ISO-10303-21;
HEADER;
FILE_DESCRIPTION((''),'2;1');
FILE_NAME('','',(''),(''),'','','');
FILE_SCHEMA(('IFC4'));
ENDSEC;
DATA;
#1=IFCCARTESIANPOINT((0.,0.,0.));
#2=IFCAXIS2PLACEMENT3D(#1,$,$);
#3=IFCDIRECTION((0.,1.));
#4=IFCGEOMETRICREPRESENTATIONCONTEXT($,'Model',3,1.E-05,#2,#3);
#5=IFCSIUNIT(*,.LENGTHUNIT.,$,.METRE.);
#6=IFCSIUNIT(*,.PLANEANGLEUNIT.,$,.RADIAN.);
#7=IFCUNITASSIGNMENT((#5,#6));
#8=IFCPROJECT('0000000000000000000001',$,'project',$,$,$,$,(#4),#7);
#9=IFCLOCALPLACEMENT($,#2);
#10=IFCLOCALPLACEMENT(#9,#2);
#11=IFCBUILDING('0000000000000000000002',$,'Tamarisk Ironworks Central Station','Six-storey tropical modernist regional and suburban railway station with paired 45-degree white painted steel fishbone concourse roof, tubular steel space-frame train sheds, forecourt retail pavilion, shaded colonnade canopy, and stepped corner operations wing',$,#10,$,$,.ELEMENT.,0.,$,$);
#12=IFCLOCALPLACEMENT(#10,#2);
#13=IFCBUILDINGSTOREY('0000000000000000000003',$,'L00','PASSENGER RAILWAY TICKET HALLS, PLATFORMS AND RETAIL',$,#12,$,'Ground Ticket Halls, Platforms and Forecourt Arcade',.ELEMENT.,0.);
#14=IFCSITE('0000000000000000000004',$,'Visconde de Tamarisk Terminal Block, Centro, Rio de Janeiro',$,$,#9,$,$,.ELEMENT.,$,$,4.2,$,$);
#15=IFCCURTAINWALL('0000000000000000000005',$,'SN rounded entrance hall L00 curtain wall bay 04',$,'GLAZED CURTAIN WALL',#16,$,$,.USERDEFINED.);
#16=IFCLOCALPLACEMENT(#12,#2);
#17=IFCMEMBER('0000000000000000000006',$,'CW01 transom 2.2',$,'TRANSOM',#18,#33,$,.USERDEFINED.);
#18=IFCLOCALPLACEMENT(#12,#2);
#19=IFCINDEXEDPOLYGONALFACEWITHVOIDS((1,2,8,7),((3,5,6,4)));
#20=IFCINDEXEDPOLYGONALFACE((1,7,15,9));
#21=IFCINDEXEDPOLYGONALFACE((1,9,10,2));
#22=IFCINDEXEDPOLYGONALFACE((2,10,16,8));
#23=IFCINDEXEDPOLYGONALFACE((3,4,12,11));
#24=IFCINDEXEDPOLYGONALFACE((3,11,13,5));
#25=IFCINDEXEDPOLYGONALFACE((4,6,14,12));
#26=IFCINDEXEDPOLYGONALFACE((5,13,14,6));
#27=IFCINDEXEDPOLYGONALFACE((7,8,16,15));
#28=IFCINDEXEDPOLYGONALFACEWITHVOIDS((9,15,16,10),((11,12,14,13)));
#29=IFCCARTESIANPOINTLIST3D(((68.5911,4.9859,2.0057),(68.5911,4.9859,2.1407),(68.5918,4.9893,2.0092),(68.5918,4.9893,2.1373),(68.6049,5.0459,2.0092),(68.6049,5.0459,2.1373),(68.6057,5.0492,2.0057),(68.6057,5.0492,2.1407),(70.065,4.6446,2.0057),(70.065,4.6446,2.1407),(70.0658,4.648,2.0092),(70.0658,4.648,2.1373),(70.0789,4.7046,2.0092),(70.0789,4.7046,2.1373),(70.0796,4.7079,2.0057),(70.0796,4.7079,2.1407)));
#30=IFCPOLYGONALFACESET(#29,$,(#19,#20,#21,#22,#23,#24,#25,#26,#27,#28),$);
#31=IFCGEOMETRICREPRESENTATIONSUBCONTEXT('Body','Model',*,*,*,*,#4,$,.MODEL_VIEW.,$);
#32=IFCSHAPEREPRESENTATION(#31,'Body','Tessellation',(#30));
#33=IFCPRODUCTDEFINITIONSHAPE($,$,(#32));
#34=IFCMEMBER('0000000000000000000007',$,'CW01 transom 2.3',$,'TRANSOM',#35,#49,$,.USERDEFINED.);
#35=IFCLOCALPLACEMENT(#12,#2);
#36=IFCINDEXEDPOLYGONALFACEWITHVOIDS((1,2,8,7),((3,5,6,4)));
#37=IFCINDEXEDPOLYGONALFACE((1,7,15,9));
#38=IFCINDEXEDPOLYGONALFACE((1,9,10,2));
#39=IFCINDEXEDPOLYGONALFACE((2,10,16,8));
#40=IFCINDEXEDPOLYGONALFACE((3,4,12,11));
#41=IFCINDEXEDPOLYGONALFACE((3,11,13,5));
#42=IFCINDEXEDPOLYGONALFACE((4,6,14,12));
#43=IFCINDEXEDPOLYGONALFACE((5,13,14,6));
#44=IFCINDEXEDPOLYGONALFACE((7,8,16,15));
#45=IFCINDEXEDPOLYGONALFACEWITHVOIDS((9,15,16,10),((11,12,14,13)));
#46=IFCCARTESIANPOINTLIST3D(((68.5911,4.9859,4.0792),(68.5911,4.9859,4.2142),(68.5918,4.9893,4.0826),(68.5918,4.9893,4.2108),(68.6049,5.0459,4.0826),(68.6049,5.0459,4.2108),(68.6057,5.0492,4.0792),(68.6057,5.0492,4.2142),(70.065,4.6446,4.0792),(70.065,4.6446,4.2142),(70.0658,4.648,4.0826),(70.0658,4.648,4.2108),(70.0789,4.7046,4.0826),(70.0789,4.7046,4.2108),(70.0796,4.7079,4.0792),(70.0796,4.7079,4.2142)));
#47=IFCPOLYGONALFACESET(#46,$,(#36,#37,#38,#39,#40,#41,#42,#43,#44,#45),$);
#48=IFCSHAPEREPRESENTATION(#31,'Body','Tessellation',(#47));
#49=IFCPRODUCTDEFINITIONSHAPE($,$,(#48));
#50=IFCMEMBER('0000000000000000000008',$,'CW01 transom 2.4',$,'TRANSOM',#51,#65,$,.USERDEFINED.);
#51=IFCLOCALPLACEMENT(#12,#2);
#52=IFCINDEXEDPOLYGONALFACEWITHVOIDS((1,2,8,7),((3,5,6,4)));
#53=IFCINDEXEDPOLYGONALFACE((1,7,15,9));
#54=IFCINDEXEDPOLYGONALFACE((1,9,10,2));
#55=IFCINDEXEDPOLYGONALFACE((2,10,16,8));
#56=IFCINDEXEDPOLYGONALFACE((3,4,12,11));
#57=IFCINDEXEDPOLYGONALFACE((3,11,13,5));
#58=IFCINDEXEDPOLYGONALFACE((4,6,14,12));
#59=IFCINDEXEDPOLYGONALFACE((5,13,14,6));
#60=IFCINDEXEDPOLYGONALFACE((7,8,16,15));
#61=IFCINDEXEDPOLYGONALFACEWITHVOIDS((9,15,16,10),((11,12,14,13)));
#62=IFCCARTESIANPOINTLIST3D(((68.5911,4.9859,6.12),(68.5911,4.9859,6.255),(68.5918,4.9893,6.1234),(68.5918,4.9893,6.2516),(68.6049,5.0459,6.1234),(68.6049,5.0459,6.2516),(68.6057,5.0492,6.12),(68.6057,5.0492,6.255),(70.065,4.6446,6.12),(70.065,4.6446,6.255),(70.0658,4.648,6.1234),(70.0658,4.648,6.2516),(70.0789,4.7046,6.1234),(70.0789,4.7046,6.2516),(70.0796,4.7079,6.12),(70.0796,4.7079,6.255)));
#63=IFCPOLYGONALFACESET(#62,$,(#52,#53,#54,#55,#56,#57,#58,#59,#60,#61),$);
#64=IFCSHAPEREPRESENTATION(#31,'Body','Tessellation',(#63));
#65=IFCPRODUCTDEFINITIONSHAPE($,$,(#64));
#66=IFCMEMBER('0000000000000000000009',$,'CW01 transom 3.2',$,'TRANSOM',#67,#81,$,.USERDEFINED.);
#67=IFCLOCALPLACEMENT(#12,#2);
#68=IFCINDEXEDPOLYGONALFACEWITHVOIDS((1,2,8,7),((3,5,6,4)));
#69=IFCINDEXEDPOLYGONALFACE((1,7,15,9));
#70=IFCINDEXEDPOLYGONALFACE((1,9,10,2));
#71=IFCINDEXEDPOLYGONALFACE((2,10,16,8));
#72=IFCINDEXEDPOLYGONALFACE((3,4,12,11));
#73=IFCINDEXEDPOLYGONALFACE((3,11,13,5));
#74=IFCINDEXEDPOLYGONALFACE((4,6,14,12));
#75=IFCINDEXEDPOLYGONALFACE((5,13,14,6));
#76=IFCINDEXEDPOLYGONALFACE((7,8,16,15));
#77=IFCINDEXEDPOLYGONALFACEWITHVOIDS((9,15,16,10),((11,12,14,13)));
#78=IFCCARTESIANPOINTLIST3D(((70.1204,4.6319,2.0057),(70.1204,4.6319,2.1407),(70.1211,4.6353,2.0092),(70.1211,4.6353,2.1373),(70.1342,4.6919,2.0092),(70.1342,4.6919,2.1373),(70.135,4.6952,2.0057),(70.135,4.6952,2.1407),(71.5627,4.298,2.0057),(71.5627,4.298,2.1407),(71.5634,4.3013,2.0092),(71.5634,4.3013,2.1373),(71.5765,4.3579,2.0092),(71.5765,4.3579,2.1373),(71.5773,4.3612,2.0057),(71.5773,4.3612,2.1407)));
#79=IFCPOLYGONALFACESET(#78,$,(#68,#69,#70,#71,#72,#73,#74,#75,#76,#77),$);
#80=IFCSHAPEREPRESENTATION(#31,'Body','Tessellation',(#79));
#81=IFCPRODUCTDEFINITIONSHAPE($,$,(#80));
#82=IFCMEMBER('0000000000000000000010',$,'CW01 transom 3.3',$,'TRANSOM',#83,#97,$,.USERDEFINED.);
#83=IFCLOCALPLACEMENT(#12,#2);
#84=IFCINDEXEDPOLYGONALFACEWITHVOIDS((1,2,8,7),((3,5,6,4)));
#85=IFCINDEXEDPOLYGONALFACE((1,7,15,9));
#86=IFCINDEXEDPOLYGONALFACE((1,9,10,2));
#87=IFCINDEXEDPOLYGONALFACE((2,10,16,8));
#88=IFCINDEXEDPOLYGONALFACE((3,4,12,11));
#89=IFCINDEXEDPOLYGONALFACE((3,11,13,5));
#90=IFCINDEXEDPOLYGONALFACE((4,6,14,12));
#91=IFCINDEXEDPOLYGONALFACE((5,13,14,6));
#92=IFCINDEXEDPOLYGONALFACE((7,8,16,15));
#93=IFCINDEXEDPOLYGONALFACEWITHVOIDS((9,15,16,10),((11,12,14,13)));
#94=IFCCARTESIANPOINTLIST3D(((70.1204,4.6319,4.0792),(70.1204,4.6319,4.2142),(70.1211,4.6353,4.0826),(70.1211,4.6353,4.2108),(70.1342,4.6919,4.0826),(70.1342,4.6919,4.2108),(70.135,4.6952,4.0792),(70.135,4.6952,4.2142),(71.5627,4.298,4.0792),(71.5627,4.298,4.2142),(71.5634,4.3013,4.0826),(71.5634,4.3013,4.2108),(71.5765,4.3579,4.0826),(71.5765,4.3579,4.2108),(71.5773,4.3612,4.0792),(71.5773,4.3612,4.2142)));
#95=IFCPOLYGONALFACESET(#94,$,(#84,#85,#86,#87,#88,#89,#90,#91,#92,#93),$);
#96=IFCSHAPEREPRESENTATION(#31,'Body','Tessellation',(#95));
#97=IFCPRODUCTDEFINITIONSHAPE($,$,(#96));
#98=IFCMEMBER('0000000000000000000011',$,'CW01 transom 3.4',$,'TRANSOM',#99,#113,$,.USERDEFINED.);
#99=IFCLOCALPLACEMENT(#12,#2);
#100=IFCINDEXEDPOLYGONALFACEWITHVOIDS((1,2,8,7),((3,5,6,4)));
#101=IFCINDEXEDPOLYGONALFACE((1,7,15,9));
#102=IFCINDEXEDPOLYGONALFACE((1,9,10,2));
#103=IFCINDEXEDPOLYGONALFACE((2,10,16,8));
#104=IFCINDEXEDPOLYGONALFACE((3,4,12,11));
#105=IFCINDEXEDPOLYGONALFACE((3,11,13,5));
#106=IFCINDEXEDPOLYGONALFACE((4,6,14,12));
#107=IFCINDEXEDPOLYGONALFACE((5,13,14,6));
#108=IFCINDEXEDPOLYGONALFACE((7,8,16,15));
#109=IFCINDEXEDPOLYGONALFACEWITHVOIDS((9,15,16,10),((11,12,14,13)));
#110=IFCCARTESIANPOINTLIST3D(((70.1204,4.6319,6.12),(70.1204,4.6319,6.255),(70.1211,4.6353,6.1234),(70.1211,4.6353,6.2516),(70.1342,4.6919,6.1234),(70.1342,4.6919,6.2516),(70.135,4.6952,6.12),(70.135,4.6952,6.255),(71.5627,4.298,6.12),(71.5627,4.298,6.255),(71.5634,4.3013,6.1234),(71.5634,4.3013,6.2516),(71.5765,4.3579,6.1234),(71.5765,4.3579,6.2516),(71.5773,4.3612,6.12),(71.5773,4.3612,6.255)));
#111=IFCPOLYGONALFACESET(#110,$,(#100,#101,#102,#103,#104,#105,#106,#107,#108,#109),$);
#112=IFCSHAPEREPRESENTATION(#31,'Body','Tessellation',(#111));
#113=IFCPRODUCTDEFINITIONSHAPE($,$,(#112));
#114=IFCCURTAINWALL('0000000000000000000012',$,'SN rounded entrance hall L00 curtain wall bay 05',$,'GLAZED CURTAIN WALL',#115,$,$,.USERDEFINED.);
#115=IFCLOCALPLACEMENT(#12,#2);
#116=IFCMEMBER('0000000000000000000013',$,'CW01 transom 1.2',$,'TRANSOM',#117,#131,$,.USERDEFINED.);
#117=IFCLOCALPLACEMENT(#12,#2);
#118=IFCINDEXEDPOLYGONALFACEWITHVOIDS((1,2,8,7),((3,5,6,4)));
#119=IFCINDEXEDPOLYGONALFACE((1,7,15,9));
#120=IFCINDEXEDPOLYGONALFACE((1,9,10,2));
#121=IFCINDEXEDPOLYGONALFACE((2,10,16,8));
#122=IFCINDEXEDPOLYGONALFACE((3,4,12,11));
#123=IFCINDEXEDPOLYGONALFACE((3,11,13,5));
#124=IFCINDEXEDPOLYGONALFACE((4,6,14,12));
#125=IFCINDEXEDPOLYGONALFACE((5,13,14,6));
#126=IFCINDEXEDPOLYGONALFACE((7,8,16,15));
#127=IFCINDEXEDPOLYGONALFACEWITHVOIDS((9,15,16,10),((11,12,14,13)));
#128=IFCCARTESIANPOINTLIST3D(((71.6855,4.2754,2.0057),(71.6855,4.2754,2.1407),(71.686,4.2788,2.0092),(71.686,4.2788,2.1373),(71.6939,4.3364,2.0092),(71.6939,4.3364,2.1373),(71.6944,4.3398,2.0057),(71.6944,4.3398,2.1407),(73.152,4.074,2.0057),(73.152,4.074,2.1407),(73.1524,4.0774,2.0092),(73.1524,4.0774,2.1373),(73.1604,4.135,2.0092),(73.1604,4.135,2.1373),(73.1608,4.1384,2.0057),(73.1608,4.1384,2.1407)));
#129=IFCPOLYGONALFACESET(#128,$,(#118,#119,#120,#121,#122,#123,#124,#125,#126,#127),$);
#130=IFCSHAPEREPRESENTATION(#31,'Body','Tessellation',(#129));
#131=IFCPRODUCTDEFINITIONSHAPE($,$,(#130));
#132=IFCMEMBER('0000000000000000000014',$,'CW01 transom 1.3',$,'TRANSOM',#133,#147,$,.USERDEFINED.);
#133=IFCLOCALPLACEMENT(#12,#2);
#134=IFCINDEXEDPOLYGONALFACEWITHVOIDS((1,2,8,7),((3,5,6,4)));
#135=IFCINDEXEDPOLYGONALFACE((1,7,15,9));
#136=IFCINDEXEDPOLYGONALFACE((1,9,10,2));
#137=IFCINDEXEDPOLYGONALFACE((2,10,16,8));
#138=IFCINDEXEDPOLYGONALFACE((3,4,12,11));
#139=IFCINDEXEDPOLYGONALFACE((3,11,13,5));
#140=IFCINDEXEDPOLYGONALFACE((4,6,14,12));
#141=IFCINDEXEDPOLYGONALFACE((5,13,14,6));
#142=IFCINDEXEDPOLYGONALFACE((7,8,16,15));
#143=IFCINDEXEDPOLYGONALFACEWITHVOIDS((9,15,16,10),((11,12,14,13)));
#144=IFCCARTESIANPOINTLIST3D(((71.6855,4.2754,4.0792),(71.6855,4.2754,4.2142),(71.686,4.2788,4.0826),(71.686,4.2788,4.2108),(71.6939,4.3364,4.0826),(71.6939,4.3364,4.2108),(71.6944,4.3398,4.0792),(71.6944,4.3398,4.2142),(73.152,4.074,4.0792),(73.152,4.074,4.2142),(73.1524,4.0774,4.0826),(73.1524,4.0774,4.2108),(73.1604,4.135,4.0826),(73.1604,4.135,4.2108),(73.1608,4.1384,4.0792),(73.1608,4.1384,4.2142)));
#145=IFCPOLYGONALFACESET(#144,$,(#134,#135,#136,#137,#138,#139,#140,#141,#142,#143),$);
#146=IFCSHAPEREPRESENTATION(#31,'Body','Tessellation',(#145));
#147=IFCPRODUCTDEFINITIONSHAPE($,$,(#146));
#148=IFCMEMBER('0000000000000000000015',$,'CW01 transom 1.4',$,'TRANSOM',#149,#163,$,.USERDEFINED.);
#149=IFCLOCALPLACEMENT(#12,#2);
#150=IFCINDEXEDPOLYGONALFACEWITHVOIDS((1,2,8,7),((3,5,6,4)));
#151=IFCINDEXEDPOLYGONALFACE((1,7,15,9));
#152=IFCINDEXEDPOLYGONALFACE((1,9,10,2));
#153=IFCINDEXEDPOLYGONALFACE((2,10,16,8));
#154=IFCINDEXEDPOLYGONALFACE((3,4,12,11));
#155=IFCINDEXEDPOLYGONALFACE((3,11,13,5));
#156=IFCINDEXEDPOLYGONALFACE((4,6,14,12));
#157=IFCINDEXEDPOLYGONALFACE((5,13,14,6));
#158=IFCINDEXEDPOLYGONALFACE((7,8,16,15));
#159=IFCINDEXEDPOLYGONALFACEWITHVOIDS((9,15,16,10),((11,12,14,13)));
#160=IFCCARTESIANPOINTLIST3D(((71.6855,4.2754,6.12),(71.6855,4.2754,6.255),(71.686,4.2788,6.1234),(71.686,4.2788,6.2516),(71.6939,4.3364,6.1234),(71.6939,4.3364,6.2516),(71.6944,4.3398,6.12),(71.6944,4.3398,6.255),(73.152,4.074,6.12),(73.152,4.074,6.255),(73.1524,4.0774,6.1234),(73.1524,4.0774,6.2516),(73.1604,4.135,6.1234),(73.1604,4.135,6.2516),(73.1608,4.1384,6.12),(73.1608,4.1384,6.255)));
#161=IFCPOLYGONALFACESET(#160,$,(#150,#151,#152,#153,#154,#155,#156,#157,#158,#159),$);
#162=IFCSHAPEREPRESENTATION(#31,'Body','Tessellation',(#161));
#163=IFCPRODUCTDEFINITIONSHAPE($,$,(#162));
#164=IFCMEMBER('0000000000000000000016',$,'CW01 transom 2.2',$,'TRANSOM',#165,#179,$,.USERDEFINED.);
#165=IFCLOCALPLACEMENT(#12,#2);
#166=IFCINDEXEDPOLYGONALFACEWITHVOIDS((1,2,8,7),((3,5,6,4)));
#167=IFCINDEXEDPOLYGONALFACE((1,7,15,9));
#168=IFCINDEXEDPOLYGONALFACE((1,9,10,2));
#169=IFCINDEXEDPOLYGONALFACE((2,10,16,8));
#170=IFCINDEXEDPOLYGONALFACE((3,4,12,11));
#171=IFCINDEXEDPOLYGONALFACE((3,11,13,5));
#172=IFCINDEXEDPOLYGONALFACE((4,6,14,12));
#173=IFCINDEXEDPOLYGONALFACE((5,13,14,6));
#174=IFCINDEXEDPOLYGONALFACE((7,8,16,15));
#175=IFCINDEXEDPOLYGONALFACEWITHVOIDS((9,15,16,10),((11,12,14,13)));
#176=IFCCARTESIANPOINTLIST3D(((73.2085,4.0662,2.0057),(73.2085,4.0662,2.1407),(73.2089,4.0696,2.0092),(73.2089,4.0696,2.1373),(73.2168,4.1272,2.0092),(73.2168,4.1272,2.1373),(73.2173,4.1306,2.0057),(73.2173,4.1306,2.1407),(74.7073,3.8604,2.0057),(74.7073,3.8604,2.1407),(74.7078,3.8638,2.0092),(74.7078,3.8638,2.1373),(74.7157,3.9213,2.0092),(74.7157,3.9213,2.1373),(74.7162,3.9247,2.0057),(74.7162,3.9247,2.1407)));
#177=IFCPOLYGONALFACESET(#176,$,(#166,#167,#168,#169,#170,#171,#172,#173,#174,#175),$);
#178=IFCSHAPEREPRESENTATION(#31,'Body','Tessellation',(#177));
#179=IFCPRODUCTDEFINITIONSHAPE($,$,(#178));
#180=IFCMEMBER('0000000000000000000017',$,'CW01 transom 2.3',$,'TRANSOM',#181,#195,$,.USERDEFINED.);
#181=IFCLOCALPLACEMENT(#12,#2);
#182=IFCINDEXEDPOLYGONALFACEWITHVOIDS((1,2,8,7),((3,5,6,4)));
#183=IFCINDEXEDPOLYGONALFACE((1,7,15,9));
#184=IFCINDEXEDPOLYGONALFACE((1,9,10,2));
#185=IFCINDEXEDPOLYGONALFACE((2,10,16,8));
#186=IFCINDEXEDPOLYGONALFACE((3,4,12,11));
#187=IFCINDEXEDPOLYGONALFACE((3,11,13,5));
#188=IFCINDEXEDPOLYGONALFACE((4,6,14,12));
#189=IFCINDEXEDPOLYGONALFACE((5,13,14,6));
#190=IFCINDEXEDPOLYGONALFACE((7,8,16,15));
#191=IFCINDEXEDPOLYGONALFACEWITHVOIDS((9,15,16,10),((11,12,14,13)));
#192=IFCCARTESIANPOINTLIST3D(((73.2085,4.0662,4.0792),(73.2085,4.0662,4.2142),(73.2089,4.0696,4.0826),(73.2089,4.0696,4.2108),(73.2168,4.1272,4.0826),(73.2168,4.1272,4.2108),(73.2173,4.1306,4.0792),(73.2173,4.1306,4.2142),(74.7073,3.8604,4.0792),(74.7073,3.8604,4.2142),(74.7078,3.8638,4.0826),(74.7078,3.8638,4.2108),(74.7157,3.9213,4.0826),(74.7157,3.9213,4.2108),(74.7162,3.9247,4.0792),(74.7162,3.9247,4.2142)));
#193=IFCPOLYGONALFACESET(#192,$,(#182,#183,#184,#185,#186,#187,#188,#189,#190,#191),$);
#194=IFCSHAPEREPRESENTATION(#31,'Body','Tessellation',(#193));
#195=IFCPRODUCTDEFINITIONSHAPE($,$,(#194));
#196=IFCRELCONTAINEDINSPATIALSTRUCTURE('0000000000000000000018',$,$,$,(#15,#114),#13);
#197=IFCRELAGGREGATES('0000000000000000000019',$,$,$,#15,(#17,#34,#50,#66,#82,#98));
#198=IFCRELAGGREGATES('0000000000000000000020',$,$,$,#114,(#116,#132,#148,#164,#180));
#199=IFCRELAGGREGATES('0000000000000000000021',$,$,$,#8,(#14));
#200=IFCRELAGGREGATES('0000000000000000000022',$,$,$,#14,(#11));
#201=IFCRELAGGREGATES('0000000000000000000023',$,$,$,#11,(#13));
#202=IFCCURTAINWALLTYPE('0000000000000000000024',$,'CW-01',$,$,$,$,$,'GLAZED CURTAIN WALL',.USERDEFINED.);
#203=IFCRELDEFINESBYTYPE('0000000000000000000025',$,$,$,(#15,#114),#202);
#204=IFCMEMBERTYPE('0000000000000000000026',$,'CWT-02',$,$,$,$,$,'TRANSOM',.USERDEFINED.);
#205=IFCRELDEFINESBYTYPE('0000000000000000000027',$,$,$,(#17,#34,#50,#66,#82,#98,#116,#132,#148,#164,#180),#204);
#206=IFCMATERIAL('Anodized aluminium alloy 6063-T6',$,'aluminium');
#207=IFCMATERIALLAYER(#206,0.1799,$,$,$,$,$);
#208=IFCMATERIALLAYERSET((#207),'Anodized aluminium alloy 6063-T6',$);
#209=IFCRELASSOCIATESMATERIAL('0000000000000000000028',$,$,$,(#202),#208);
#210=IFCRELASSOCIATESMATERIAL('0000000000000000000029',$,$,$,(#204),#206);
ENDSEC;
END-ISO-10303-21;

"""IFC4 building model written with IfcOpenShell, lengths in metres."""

from ifc_helpers import new_model, si_unit, direction, frame, origin, origin_2d, place, context, subcontext, project, spatial, hollow_rectangle, extrude, material, layer, layer_set, material_profile, profile_set, type_object, element, aggregate, save


model = new_model("IFC4")

# Units and contexts
model_context = context("Model", 3, precision=1e-05, world=origin(), true_north=direction((0.0, 1.0)))
body_context = subcontext(model_context, "Body", "Model", "MODEL_VIEW")
ifc_project = project(units=[si_unit("LENGTHUNIT", "METRE"), si_unit("PLANEANGLEUNIT", "RADIAN")], contexts=[model_context])

# Site, building, storey
site_placement = place(None, origin())
site = spatial("IfcSite", under=ifc_project, at=site_placement, Name="Visconde de Tamarisk Terminal Block, Centro, Rio de Janeiro", CompositionType="ELEMENT", RefElevation=4.2)
building_placement = place(site_placement, origin())
building = spatial("IfcBuilding", under=site, at=building_placement, Name="Tamarisk Ironworks Central Station", Description="Six-storey tropical modernist regional and suburban railway station with paired 45-degree white painted steel fishbone concourse roof, tubular steel space-frame train sheds, forecourt retail pavilion, shaded colonnade canopy, and stepped corner operations wing", CompositionType="ELEMENT", ElevationOfRefHeight=0.0)
storey_placement = place(building_placement, origin())
storey = spatial("IfcBuildingStorey", under=building, at=storey_placement, Name="L00", Description="PASSENGER RAILWAY TICKET HALLS, PLATFORMS AND RETAIL", LongName="Ground Ticket Halls, Platforms and Forecourt Arcade", CompositionType="ELEMENT", Elevation=0.0)

# Curtain walls, members
ifc_material_1 = material(Name="Anodized aluminium alloy 6063-T6", Category="aluminium")
ifc_layer_1 = layer(ifc_material_1, 0.1799)
ifc_layer_set_1 = layer_set([ifc_layer_1], Name="Anodized aluminium alloy 6063-T6")
curtain_wall_type = type_object("IfcCurtainWallType", Name="CW-01", ElementType="GLAZED CURTAIN WALL", PredefinedType="USERDEFINED", material=ifc_layer_set_1)
curtain_wall_1_placement = place(storey_placement, origin())
curtain_wall_1 = element("IfcCurtainWall", 1, at=curtain_wall_1_placement, inside=storey, type_object=curtain_wall_type, Name="SN rounded entrance hall L00 curtain wall bay 04", ObjectType="GLAZED CURTAIN WALL", PredefinedType="USERDEFINED")
ifc_material_profile = material_profile(ifc_material_1, hollow_rectangle(XDim=0.0649, YDim=0.135, WallThickness=0.0034, at=origin_2d()), Name="ALUM 135x65")
ifc_profile_set = profile_set([ifc_material_profile], Name="Anodized aluminium alloy 6063-T6")
member_type = type_object("IfcMemberType", Name="CWT-02", ElementType="TRANSOM", PredefinedType="USERDEFINED", material=ifc_profile_set)
member_1_placement = place(storey_placement, frame((68.5984, 5.0176, 2.0732), z_axis=(0.97422, -0.225602, 0.0), x_axis=(0.225602, 0.97422, 0.0)))
member_1 = element("IfcMember", 2, at=member_1_placement, type_object=member_type, Name="CW01 transom 2.2", ObjectType="TRANSOM", PredefinedType="USERDEFINED", context=body_context, shape_type="SweptSolid", body=[
    extrude(hollow_rectangle(XDim=0.0649, YDim=0.135, WallThickness=0.0034, at=origin_2d()), origin(), (0.0, 0.0, 1.0), 1.5129),
])
member_2_placement = place(storey_placement, frame((68.5984, 5.0176, 4.1467), z_axis=(0.97422, -0.225602, 0.0), x_axis=(0.225602, 0.97422, 0.0)))
member_2 = element("IfcMember", 3, at=member_2_placement, type_object=member_type, Name="CW01 transom 2.3", ObjectType="TRANSOM", PredefinedType="USERDEFINED", context=body_context, shape_type="SweptSolid", body=[
    extrude(hollow_rectangle(XDim=0.0649, YDim=0.135, WallThickness=0.0034, at=origin_2d()), origin(), (0.0, 0.0, 1.0), 1.5129),
])
member_3_placement = place(storey_placement, frame((68.5984, 5.0176, 6.1875), z_axis=(0.97422, -0.225602, 0.0), x_axis=(0.225602, 0.97422, 0.0)))
member_3 = element("IfcMember", 4, at=member_3_placement, type_object=member_type, Name="CW01 transom 2.4", ObjectType="TRANSOM", PredefinedType="USERDEFINED", context=body_context, shape_type="SweptSolid", body=[
    extrude(hollow_rectangle(XDim=0.0649, YDim=0.135, WallThickness=0.0034, at=origin_2d()), origin(), (0.0, 0.0, 1.0), 1.5129),
])
member_4_placement = place(storey_placement, frame((70.1277, 4.6636, 2.0732), z_axis=(0.974224, -0.225582, 0.0), x_axis=(0.225582, 0.974224, 0.0)))
member_4 = element("IfcMember", 5, at=member_4_placement, type_object=member_type, Name="CW01 transom 3.2", ObjectType="TRANSOM", PredefinedType="USERDEFINED", context=body_context, shape_type="SweptSolid", body=[
    extrude(hollow_rectangle(XDim=0.0649, YDim=0.135, WallThickness=0.0034, at=origin_2d()), origin(), (0.0, 0.0, 1.0), 1.4805),
])
member_5_placement = place(storey_placement, frame((70.1277, 4.6636, 4.1467), z_axis=(0.974224, -0.225582, 0.0), x_axis=(0.225582, 0.974224, 0.0)))
member_5 = element("IfcMember", 6, at=member_5_placement, type_object=member_type, Name="CW01 transom 3.3", ObjectType="TRANSOM", PredefinedType="USERDEFINED", context=body_context, shape_type="SweptSolid", body=[
    extrude(hollow_rectangle(XDim=0.0649, YDim=0.135, WallThickness=0.0034, at=origin_2d()), origin(), (0.0, 0.0, 1.0), 1.4805),
])
member_6_placement = place(storey_placement, frame((70.1277, 4.6636, 6.1875), z_axis=(0.974224, -0.225582, 0.0), x_axis=(0.225582, 0.974224, 0.0)))
member_6 = element("IfcMember", 7, at=member_6_placement, type_object=member_type, Name="CW01 transom 3.4", ObjectType="TRANSOM", PredefinedType="USERDEFINED", context=body_context, shape_type="SweptSolid", body=[
    extrude(hollow_rectangle(XDim=0.0649, YDim=0.135, WallThickness=0.0034, at=origin_2d()), origin(), (0.0, 0.0, 1.0), 1.4805),
])
curtain_wall_2_placement = place(storey_placement, origin())
curtain_wall_2 = element("IfcCurtainWall", 8, at=curtain_wall_2_placement, inside=storey, type_object=curtain_wall_type, Name="SN rounded entrance hall L00 curtain wall bay 05", ObjectType="GLAZED CURTAIN WALL", PredefinedType="USERDEFINED")
member_7_placement = place(storey_placement, frame((71.6899, 4.3076, 2.0732), z_axis=(0.9907, -0.136063, 0.0), x_axis=(0.136063, 0.9907, 0.0)))
member_7 = element("IfcMember", 9, at=member_7_placement, type_object=member_type, Name="CW01 transom 1.2", ObjectType="TRANSOM", PredefinedType="USERDEFINED", context=body_context, shape_type="SweptSolid", body=[
    extrude(hollow_rectangle(XDim=0.0649, YDim=0.135, WallThickness=0.0034, at=origin_2d()), origin(), (0.0, 0.0, 1.0), 1.4802),
])
member_8_placement = place(storey_placement, frame((71.6899, 4.3076, 4.1467), z_axis=(0.9907, -0.136063, 0.0), x_axis=(0.136063, 0.9907, 0.0)))
member_8 = element("IfcMember", 10, at=member_8_placement, type_object=member_type, Name="CW01 transom 1.3", ObjectType="TRANSOM", PredefinedType="USERDEFINED", context=body_context, shape_type="SweptSolid", body=[
    extrude(hollow_rectangle(XDim=0.0649, YDim=0.135, WallThickness=0.0034, at=origin_2d()), origin(), (0.0, 0.0, 1.0), 1.4802),
])
member_9_placement = place(storey_placement, frame((71.6899, 4.3076, 6.1875), z_axis=(0.9907, -0.136063, 0.0), x_axis=(0.136063, 0.9907, 0.0)))
member_9 = element("IfcMember", 11, at=member_9_placement, type_object=member_type, Name="CW01 transom 1.4", ObjectType="TRANSOM", PredefinedType="USERDEFINED", context=body_context, shape_type="SweptSolid", body=[
    extrude(hollow_rectangle(XDim=0.0649, YDim=0.135, WallThickness=0.0034, at=origin_2d()), origin(), (0.0, 0.0, 1.0), 1.4802),
])
member_10_placement = place(storey_placement, frame((73.2129, 4.0984, 2.0732), z_axis=(0.990703, -0.136042, 0.0), x_axis=(0.136042, 0.990703, 0.0)))
member_10 = element("IfcMember", 12, at=member_10_placement, type_object=member_type, Name="CW01 transom 2.2", ObjectType="TRANSOM", PredefinedType="USERDEFINED", context=body_context, shape_type="SweptSolid", body=[
    extrude(hollow_rectangle(XDim=0.0649, YDim=0.135, WallThickness=0.0034, at=origin_2d()), origin(), (0.0, 0.0, 1.0), 1.5129),
])
member_11_placement = place(storey_placement, frame((73.2129, 4.0984, 4.1467), z_axis=(0.990703, -0.136042, 0.0), x_axis=(0.136042, 0.990703, 0.0)))
member_11 = element("IfcMember", 13, at=member_11_placement, type_object=member_type, Name="CW01 transom 2.3", ObjectType="TRANSOM", PredefinedType="USERDEFINED", context=body_context, shape_type="SweptSolid", body=[
    extrude(hollow_rectangle(XDim=0.0649, YDim=0.135, WallThickness=0.0034, at=origin_2d()), origin(), (0.0, 0.0, 1.0), 1.5129),
])

aggregate(curtain_wall_1, [member_1, member_2, member_3, member_4, member_5, member_6])
aggregate(curtain_wall_2, [member_7, member_8, member_9, member_10, member_11])

save(model, "model.ifc")
